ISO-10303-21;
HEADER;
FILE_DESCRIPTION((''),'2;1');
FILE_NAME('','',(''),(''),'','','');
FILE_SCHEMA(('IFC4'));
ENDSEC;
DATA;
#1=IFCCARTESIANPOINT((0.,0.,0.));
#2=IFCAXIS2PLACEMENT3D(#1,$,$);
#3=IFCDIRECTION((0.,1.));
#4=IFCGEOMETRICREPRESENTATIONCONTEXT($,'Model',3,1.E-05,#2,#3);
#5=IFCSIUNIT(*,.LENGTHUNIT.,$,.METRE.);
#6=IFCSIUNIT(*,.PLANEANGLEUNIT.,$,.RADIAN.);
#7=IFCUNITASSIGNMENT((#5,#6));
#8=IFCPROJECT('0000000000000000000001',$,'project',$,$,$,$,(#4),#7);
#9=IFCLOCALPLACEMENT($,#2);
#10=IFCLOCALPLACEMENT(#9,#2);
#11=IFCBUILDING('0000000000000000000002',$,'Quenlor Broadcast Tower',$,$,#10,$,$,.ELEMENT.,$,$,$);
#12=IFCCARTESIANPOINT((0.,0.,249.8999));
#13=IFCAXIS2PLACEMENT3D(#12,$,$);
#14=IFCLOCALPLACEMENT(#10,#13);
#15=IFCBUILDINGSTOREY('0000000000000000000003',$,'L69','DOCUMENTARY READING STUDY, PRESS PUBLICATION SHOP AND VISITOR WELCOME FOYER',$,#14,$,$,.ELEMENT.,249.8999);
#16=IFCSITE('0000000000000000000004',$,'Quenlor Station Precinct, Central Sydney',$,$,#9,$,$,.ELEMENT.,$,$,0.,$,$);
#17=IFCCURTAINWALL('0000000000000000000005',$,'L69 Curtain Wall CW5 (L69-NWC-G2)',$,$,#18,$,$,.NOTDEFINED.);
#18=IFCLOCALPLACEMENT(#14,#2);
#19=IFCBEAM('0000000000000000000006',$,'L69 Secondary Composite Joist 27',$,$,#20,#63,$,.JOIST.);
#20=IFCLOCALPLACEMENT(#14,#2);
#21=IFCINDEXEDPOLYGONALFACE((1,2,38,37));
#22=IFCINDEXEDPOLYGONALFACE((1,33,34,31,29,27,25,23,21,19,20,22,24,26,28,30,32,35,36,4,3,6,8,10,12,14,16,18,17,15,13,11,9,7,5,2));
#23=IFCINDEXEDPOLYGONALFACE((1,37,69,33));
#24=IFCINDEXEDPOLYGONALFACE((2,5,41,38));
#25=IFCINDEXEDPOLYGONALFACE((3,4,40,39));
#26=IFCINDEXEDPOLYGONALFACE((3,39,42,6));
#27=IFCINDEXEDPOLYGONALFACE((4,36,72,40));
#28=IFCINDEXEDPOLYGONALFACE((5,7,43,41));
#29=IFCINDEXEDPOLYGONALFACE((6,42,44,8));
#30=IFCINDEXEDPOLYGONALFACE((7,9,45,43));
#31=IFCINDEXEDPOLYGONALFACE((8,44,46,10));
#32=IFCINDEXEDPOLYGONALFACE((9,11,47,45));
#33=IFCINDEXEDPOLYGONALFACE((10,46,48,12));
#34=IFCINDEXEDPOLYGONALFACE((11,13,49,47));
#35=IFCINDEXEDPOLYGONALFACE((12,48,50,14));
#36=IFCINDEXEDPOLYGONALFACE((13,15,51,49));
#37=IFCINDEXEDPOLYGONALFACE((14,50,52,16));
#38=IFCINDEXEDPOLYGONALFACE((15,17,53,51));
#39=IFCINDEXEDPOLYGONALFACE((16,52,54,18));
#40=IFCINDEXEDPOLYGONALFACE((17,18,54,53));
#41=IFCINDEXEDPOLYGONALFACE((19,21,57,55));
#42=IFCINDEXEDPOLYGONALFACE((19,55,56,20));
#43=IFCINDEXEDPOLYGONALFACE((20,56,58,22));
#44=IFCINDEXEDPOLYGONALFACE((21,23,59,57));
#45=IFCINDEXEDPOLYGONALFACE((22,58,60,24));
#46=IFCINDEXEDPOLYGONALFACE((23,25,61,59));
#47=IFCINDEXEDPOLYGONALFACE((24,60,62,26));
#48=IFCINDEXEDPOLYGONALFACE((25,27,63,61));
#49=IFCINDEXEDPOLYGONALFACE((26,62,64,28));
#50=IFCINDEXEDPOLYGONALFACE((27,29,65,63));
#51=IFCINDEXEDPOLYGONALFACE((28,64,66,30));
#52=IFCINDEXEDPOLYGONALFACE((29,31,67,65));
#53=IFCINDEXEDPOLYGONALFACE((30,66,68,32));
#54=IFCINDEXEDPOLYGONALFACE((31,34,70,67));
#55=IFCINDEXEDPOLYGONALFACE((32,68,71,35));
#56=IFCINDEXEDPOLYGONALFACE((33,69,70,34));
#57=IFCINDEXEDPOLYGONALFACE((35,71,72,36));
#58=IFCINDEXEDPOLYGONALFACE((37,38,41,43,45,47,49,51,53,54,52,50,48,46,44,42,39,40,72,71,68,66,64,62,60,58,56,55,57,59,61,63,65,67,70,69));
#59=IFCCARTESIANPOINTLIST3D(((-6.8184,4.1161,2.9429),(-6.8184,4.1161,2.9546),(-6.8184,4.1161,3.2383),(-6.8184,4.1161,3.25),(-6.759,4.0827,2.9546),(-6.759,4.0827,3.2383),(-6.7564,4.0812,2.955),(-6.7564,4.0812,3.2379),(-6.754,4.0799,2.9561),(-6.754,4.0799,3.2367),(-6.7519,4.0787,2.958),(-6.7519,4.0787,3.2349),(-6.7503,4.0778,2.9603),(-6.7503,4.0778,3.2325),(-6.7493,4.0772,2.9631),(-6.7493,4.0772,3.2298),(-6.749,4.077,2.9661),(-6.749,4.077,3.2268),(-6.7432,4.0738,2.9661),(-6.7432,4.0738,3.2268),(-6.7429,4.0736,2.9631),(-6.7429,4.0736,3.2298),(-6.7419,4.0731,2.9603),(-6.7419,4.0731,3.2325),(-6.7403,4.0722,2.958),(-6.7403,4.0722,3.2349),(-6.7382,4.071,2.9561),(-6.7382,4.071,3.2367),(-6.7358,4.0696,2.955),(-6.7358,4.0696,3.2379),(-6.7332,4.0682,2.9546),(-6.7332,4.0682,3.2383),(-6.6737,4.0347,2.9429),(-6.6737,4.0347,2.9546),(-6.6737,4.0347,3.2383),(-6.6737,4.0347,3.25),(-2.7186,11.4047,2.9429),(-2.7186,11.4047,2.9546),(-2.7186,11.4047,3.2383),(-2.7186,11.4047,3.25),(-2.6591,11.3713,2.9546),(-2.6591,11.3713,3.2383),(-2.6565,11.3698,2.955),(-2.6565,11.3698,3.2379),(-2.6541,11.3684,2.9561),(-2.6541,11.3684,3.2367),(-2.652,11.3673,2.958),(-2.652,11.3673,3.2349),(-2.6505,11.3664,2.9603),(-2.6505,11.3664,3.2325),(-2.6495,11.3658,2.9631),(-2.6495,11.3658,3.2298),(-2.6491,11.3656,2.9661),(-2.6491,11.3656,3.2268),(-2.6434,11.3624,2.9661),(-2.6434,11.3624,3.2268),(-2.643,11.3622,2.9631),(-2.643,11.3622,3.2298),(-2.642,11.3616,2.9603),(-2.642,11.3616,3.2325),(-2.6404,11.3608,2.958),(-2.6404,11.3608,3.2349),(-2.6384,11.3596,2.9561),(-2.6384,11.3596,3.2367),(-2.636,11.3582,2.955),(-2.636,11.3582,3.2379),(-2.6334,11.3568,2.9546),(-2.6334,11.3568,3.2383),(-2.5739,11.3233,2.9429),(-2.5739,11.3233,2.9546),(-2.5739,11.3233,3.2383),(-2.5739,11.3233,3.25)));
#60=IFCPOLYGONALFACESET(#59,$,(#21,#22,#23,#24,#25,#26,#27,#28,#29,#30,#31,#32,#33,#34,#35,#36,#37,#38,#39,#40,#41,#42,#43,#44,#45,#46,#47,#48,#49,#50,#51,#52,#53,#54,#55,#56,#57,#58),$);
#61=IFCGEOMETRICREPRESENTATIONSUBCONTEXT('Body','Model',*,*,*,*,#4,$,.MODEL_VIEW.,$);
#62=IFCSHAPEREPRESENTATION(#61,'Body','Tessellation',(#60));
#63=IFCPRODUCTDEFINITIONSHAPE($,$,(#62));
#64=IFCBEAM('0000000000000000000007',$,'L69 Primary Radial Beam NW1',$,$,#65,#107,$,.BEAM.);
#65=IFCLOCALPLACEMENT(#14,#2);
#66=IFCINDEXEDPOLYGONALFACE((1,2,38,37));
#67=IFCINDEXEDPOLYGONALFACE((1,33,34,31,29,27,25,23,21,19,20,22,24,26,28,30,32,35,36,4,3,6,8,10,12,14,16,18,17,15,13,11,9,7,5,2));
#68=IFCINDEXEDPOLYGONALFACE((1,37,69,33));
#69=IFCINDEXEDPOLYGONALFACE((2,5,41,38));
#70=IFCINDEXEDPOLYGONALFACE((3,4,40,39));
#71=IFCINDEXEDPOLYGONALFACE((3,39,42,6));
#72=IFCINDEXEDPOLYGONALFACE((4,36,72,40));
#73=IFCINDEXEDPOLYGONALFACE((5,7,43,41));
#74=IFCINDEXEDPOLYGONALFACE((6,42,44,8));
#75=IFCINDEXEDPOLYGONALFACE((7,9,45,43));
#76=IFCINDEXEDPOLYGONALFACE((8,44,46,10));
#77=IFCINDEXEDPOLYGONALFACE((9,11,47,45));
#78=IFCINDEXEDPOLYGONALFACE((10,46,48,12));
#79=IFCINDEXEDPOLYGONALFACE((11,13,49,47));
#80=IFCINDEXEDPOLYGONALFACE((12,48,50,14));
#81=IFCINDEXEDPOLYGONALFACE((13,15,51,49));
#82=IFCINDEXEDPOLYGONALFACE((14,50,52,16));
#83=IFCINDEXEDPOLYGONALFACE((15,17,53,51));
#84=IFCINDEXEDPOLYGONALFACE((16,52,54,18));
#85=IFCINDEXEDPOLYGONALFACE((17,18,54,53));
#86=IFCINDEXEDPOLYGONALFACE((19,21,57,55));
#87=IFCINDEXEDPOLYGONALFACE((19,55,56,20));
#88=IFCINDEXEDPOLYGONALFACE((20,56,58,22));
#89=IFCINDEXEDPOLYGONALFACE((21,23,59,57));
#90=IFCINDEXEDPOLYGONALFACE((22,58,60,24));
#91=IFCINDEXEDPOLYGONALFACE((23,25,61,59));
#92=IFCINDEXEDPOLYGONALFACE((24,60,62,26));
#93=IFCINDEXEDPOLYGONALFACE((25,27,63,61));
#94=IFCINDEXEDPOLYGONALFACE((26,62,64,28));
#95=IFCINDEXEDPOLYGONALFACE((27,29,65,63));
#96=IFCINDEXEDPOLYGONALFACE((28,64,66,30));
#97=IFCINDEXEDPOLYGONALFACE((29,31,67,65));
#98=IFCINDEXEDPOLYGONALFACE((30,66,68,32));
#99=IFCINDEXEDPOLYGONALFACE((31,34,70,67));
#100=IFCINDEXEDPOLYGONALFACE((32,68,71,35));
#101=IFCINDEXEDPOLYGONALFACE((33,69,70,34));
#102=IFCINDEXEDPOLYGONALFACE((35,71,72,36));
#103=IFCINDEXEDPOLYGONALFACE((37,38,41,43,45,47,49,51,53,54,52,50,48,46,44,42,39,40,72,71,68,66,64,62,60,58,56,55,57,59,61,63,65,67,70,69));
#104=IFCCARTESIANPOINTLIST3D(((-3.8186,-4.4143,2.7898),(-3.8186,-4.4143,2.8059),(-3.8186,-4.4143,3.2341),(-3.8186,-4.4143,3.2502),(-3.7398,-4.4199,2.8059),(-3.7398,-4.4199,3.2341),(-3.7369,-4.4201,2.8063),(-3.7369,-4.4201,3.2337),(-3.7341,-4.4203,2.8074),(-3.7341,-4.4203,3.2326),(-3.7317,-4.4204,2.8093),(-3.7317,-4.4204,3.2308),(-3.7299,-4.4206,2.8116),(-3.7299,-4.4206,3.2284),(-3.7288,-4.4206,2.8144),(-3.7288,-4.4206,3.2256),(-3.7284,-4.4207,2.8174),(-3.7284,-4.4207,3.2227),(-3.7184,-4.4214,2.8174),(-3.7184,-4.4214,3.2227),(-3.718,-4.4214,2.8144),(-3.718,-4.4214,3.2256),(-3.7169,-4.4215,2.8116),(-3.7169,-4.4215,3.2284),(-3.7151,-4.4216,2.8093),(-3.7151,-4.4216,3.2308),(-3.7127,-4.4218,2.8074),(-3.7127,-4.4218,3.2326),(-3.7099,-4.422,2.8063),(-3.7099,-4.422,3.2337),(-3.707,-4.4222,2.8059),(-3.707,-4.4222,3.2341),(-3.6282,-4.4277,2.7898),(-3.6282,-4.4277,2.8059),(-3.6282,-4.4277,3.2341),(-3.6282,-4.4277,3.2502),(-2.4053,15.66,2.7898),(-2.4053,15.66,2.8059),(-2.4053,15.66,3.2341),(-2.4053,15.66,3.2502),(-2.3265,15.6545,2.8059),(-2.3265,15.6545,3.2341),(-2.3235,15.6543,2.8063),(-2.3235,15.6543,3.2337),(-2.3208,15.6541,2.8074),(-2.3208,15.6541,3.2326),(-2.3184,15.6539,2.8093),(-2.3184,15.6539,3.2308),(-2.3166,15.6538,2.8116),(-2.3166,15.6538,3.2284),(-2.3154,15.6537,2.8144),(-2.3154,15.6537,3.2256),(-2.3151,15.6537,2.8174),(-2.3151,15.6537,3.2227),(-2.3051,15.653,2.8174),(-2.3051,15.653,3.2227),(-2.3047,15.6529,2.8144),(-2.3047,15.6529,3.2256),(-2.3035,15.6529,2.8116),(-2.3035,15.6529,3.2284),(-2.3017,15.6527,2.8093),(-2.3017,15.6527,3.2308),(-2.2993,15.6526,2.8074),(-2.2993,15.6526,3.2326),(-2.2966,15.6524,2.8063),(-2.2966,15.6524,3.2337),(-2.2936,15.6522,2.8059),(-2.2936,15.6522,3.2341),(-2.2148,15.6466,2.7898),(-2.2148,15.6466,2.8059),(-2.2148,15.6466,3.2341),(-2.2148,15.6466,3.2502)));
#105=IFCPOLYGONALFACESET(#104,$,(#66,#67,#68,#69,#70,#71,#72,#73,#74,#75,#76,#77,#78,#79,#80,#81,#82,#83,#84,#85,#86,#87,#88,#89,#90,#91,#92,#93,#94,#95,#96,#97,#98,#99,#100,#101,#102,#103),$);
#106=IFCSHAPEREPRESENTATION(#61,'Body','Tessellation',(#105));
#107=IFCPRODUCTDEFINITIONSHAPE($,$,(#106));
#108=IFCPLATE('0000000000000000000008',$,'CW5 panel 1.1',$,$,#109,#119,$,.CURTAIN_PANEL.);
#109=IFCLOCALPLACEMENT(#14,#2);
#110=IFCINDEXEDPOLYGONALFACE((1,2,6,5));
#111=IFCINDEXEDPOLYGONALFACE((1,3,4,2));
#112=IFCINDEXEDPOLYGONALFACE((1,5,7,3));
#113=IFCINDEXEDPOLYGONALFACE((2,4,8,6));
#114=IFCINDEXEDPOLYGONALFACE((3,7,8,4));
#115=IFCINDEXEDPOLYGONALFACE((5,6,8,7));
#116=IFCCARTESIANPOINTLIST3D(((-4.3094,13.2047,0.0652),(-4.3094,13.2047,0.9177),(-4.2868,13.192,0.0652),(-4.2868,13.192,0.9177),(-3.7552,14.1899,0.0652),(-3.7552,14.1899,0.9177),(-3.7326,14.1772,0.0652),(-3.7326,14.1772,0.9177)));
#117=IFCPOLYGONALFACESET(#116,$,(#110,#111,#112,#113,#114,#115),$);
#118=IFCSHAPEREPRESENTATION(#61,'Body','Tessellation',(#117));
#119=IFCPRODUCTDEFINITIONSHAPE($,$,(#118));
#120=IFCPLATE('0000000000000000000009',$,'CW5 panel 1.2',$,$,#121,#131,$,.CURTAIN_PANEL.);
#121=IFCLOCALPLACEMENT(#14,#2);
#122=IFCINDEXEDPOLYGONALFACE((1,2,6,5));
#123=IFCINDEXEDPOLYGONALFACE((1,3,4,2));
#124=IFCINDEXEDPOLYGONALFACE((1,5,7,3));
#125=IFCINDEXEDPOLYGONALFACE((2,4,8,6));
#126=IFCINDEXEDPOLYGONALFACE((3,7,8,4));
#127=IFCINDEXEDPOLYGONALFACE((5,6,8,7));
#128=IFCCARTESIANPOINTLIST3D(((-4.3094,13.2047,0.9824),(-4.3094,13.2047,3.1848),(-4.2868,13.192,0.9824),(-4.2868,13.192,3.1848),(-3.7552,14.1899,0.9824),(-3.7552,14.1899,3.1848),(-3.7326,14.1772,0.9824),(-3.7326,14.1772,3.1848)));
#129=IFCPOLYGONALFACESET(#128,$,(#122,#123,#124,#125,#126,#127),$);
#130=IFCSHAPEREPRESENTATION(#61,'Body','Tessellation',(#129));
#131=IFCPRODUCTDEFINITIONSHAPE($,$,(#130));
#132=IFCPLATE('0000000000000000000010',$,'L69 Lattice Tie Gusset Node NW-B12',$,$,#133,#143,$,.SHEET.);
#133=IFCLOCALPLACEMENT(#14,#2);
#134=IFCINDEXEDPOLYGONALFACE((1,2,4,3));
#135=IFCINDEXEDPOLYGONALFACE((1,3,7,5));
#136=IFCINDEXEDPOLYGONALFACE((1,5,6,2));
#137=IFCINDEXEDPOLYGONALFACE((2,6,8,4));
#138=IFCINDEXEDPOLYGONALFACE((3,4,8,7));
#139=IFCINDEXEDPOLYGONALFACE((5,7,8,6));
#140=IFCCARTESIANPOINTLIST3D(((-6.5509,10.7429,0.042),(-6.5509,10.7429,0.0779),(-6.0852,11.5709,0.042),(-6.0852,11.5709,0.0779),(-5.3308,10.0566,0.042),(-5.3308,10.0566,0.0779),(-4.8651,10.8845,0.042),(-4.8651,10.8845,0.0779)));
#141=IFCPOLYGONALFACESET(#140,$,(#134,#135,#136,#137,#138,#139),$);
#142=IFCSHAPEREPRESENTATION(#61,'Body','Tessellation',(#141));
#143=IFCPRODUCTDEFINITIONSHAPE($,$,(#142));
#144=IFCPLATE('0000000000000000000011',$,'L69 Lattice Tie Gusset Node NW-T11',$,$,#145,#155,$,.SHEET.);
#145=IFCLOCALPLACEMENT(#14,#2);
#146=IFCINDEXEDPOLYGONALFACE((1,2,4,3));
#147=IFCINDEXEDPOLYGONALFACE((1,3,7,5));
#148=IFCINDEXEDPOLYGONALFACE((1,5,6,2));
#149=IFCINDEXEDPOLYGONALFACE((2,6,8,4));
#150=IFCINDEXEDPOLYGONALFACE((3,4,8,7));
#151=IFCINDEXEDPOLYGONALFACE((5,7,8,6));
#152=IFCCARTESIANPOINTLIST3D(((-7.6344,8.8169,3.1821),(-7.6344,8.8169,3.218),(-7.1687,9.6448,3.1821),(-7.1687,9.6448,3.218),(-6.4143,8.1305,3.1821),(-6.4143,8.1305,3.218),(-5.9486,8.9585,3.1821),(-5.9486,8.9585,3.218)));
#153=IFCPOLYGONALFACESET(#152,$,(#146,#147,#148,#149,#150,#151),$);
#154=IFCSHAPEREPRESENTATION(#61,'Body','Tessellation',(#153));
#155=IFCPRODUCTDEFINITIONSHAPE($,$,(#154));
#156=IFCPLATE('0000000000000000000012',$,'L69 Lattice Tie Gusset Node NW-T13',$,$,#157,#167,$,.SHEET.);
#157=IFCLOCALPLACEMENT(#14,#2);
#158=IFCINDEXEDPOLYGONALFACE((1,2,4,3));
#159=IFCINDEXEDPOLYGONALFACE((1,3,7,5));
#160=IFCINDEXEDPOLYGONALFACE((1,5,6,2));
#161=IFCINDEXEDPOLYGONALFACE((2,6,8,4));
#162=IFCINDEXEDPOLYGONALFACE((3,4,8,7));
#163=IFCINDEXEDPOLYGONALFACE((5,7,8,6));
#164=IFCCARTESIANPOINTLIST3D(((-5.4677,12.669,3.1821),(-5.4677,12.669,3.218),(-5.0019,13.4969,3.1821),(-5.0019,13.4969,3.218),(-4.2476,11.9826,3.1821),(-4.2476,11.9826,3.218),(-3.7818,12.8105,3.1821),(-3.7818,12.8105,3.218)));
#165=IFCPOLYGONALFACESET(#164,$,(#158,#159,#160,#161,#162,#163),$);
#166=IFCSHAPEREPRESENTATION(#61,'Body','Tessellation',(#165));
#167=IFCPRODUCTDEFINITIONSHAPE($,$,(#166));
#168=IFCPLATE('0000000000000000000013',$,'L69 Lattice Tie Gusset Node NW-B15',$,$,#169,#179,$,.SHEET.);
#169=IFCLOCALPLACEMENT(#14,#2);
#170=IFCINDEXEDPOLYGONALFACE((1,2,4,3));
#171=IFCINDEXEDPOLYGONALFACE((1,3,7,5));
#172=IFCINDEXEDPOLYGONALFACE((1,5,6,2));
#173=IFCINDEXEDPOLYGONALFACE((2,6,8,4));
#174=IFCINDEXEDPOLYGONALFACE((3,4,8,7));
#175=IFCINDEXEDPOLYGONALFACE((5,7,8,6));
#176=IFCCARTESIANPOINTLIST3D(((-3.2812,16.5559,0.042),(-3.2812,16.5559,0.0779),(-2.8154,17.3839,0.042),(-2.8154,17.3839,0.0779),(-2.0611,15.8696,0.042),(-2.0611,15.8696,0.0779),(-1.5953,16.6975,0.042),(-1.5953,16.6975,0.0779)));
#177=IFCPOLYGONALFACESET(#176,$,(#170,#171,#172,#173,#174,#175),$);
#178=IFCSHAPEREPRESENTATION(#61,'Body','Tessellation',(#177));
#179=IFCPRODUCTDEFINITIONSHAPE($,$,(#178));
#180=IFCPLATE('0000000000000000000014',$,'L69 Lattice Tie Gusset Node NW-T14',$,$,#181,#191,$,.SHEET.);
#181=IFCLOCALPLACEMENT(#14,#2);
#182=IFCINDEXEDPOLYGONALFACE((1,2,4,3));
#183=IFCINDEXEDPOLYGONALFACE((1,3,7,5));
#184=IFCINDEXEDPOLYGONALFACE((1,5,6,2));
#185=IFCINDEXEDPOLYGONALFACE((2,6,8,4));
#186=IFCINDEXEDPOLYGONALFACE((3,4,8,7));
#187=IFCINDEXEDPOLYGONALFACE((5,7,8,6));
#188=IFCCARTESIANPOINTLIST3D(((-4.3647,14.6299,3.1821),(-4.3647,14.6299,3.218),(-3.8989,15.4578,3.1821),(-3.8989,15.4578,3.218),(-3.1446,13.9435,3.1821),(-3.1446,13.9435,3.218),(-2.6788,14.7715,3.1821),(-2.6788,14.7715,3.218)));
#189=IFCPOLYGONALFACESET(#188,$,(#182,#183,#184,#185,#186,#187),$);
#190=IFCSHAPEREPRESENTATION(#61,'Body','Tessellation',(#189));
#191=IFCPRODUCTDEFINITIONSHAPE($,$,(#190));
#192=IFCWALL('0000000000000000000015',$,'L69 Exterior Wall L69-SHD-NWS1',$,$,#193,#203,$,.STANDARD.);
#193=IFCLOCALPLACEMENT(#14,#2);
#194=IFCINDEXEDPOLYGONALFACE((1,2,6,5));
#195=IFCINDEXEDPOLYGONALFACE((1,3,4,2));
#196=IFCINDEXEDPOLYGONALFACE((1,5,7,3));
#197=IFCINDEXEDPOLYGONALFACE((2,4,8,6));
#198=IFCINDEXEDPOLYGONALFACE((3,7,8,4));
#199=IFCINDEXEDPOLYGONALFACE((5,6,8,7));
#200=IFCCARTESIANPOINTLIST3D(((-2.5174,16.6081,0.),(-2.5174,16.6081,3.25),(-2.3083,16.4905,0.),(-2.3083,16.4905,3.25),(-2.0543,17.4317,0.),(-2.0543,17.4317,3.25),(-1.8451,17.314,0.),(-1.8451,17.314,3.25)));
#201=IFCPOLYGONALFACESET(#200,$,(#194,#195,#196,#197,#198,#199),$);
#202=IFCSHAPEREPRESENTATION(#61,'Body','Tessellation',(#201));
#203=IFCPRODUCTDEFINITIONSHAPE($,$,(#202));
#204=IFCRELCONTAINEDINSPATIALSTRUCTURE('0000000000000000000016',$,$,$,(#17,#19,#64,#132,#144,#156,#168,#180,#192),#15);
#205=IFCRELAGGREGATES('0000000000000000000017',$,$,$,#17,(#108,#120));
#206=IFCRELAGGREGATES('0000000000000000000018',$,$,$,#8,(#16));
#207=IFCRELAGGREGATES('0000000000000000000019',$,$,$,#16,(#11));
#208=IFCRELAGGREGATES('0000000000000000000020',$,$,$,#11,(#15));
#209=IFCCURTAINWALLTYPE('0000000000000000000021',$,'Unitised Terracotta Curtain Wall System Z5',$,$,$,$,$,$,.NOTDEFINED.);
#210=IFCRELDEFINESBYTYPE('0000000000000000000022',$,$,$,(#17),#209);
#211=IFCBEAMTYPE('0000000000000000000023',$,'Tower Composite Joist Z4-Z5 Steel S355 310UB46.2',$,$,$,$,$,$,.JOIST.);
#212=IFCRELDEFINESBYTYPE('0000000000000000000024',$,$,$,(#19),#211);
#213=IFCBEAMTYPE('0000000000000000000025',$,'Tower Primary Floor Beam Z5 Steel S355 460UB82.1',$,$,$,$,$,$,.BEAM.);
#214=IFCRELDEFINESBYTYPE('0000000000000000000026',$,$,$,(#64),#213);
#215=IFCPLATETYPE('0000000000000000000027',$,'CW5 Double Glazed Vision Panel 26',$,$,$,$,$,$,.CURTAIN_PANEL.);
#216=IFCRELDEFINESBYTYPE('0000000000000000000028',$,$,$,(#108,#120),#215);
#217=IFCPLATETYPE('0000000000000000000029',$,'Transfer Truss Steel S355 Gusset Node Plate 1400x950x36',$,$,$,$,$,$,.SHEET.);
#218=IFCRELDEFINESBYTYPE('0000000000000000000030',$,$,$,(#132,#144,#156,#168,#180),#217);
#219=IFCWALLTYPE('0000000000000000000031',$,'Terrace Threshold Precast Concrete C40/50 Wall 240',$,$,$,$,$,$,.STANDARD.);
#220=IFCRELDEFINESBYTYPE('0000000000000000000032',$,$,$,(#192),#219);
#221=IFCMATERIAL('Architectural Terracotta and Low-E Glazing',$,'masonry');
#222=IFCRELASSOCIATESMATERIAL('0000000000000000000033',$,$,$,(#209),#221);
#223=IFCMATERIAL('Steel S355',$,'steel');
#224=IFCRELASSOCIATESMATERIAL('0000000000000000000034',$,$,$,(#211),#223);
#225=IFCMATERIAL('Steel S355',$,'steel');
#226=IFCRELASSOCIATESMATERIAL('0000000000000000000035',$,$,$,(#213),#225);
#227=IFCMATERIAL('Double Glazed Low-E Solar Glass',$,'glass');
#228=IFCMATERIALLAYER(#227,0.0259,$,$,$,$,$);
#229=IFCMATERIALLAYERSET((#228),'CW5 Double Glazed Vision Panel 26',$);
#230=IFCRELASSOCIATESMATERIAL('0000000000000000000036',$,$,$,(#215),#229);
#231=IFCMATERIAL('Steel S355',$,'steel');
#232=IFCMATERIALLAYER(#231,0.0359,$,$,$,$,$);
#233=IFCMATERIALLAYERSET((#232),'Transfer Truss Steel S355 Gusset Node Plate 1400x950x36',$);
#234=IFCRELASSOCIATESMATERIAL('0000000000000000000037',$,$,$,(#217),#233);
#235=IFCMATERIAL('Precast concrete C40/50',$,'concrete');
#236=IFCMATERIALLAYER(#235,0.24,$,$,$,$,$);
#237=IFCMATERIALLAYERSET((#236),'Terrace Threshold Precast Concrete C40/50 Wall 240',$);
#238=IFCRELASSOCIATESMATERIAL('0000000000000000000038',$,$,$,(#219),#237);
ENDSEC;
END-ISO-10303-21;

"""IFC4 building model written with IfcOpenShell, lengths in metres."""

from ifc_helpers import new_model, si_unit, direction, frame, frame_2d, origin, origin_2d, place, context, subcontext, project, spatial, rectangle, i_section, extrude, material, layer, layer_set, material_profile, profile_set, type_object, element, aggregate, save


model = new_model("IFC4")

# Units and contexts
model_context = context("Model", 3, precision=1e-05, world=origin(), true_north=direction((0.0, 1.0)))
body_context = subcontext(model_context, "Body", "Model", "MODEL_VIEW")
ifc_project = project(units=[si_unit("LENGTHUNIT", "METRE"), si_unit("PLANEANGLEUNIT", "RADIAN")], contexts=[model_context])

# Site, building, storey
site_placement = place(None, origin())
site = spatial("IfcSite", under=ifc_project, at=site_placement, Name="Quenlor Station Precinct, Central Sydney", CompositionType="ELEMENT", RefElevation=0.0)
building_placement = place(site_placement, origin())
building = spatial("IfcBuilding", under=site, at=building_placement, Name="Quenlor Broadcast Tower", CompositionType="ELEMENT")
storey_placement = place(building_placement, frame((0.0, 0.0, 249.8999)))
storey = spatial("IfcBuildingStorey", under=building, at=storey_placement, Name="L69", Description="DOCUMENTARY READING STUDY, PRESS PUBLICATION SHOP AND VISITOR WELCOME FOYER", CompositionType="ELEMENT", Elevation=249.8999)

# Curtain wall
ifc_material_1 = material(Name="Architectural Terracotta and Low-E Glazing", Category="masonry")
curtain_wall_type = type_object("IfcCurtainWallType", Name="Unitised Terracotta Curtain Wall System Z5", PredefinedType="NOTDEFINED", material=ifc_material_1)
curtain_wall_placement = place(storey_placement, origin())
curtain_wall = element("IfcCurtainWall", 1, at=curtain_wall_placement, inside=storey, type_object=curtain_wall_type, Name="L69 Curtain Wall CW5 (L69-NWC-G2)", PredefinedType="NOTDEFINED")

# Beams
ifc_material_2 = material(Name="Steel S355", Category="steel")
ifc_material_profile_1 = material_profile(ifc_material_2, i_section(OverallWidth=0.166, OverallDepth=0.3071, WebThickness=0.0066, FlangeThickness=0.0117, FilletRadius=0.0115, at=origin_2d()))
ifc_profile_set_1 = profile_set([ifc_material_profile_1], Name="Steel S355 310UB46.2")
beam_type_1 = type_object("IfcBeamType", Name="Tower Composite Joist Z4-Z5 Steel S355 310UB46.2", PredefinedType="JOIST", material=ifc_profile_set_1)
beam_1_placement = place(storey_placement, frame((-2.6462, 11.364, 3.0964), z_axis=(-0.490264, -0.871574, 0.0), x_axis=(0.871574, -0.490264, 0.0)))
element("IfcBeam", 2, at=beam_1_placement, inside=storey, type_object=beam_type_1, Name="L69 Secondary Composite Joist 27", PredefinedType="JOIST", context=body_context, shape_type="SweptSolid", body=[
    extrude(i_section(OverallWidth=0.166, OverallDepth=0.3071, WebThickness=0.0066, FlangeThickness=0.0117, FilletRadius=0.0115, at=origin_2d()), origin(), (0.0, 0.0, 1.0), 8.3625),
])
ifc_material_3 = material(Name="Steel S355", Category="steel")
ifc_material_profile_2 = material_profile(ifc_material_3, i_section(OverallWidth=0.1909, OverallDepth=0.4604, WebThickness=0.01, FlangeThickness=0.0161, FilletRadius=0.0115, at=origin_2d()))
ifc_profile_set_2 = profile_set([ifc_material_profile_2], Name="Steel S355 460UB82.1")
beam_type_2 = type_object("IfcBeamType", Name="Tower Primary Floor Beam Z5 Steel S355 460UB82.1", PredefinedType="BEAM", material=ifc_profile_set_2)
beam_2_placement = place(storey_placement, frame((-2.3101, 15.6533, 3.02), z_axis=(-0.070231, -0.997531, 0.0), x_axis=(0.997531, -0.070231, 0.0)))
element("IfcBeam", 3, at=beam_2_placement, inside=storey, type_object=beam_type_2, Name="L69 Primary Radial Beam NW1", PredefinedType="BEAM", context=body_context, shape_type="SweptSolid", body=[
    extrude(i_section(OverallWidth=0.1909, OverallDepth=0.4604, WebThickness=0.01, FlangeThickness=0.0161, FilletRadius=0.0115, at=origin_2d()), origin(), (0.0, 0.0, 1.0), 20.124),
])

# Plates
ifc_material_4 = material(Name="Double Glazed Low-E Solar Glass", Category="glass")
ifc_layer_1 = layer(ifc_material_4, 0.0259)
ifc_layer_set_1 = layer_set([ifc_layer_1], Name="CW5 Double Glazed Vision Panel 26")
plate_type_1 = type_object("IfcPlateType", Name="CW5 Double Glazed Vision Panel 26", PredefinedType="CURTAIN_PANEL", material=ifc_layer_set_1)
plate_1_placement = place(storey_placement, frame((-4.021, 13.6909, 0.0652), z_axis=(0.0, 0.0, 1.0), x_axis=(0.490291, 0.871559, 0.0)))
plate_1 = element("IfcPlate", 4, at=plate_1_placement, type_object=plate_type_1, Name="CW5 panel 1.1", PredefinedType="CURTAIN_PANEL", context=body_context, shape_type="SweptSolid", body=[
    extrude(rectangle(XDim=1.1304, YDim=0.0259, at=origin_2d()), origin(), (0.0, 0.0, 1.0), 0.8525),
])
plate_2_placement = place(storey_placement, frame((-4.021, 13.6909, 0.9824), z_axis=(0.0, 0.0, 1.0), x_axis=(0.490291, 0.871559, 0.0)))
plate_2 = element("IfcPlate", 5, at=plate_2_placement, type_object=plate_type_1, Name="CW5 panel 1.2", PredefinedType="CURTAIN_PANEL", context=body_context, shape_type="SweptSolid", body=[
    extrude(rectangle(XDim=1.1304, YDim=0.0259, at=origin_2d()), origin(), (0.0, 0.0, 1.0), 2.2024),
])
aggregate(curtain_wall, [plate_1, plate_2])

# Plates
ifc_material_5 = material(Name="Steel S355", Category="steel")
ifc_layer_2 = layer(ifc_material_5, 0.0359)
ifc_layer_set_2 = layer_set([ifc_layer_2], Name="Transfer Truss Steel S355 Gusset Node Plate 1400x950x36")
plate_type_2 = type_object("IfcPlateType", Name="Transfer Truss Steel S355 Gusset Node Plate 1400x950x36", PredefinedType="SHEET", material=ifc_layer_set_2)
for number, where, z_axis, x_axis, name in (
    (6, (-5.708, 10.8137, 0.042), (0.0, 0.0, 1.0), (-0.871556, 0.490295, 0.0), "L69 Lattice Tie Gusset Node NW-B12"),
    (7, (-6.7915, 8.8877, 3.1821), (0.0, 0.0, 1.0), (-0.871556, 0.490295, 0.0), "L69 Lattice Tie Gusset Node NW-T11"),
    (8, (-4.6248, 12.7397, 3.1821), (0.0, 0.0, 1.0), (-0.871556, 0.490295, 0.0), "L69 Lattice Tie Gusset Node NW-T13"),
    (9, (-2.4382, 16.6267, 0.042), (0.0, 0.0, 1.0), (-0.871556, 0.490295, 0.0), "L69 Lattice Tie Gusset Node NW-B15"),
    (10, (-3.5217, 14.7007, 3.1821), (0.0, 0.0, 1.0), (-0.871556, 0.490295, 0.0), "L69 Lattice Tie Gusset Node NW-T14"),
):
    element("IfcPlate", number, at=place(storey_placement, frame(where, z_axis=z_axis, x_axis=x_axis)), inside=storey, type_object=plate_type_2, Name=name, PredefinedType="SHEET", context=body_context, shape_type="SweptSolid", body=[
        extrude(rectangle(XDim=1.3999, YDim=0.95, at=origin_2d()), origin(), (0.0, 0.0, 1.0), 0.0359),
    ])

# Wall
ifc_material_6 = material(Name="Precast concrete C40/50", Category="concrete")
ifc_layer_3 = layer(ifc_material_6, 0.24)
ifc_layer_set_3 = layer_set([ifc_layer_3], Name="Terrace Threshold Precast Concrete C40/50 Wall 240")
wall_type_1 = type_object("IfcWallType", Name="Terrace Threshold Precast Concrete C40/50 Wall 240", PredefinedType="STANDARD", material=ifc_layer_set_3)
wall_1_placement = place(storey_placement, frame((-2.4128, 16.5493, 0.0), z_axis=(0.0, 0.0, 1.0), x_axis=(0.4902, 0.87161, 0.0)))
element("IfcWall", 11, at=wall_1_placement, inside=storey, type_object=wall_type_1, Name="L69 Exterior Wall L69-SHD-NWS1", PredefinedType="STANDARD", context=body_context, shape_type="SweptSolid", body=[
    extrude(rectangle(XDim=0.9448, YDim=0.24, at=frame_2d((0.4724, 0.0))), origin(), (0.0, 0.0, 1.0), 3.25),
])

save(model, "model.ifc")
